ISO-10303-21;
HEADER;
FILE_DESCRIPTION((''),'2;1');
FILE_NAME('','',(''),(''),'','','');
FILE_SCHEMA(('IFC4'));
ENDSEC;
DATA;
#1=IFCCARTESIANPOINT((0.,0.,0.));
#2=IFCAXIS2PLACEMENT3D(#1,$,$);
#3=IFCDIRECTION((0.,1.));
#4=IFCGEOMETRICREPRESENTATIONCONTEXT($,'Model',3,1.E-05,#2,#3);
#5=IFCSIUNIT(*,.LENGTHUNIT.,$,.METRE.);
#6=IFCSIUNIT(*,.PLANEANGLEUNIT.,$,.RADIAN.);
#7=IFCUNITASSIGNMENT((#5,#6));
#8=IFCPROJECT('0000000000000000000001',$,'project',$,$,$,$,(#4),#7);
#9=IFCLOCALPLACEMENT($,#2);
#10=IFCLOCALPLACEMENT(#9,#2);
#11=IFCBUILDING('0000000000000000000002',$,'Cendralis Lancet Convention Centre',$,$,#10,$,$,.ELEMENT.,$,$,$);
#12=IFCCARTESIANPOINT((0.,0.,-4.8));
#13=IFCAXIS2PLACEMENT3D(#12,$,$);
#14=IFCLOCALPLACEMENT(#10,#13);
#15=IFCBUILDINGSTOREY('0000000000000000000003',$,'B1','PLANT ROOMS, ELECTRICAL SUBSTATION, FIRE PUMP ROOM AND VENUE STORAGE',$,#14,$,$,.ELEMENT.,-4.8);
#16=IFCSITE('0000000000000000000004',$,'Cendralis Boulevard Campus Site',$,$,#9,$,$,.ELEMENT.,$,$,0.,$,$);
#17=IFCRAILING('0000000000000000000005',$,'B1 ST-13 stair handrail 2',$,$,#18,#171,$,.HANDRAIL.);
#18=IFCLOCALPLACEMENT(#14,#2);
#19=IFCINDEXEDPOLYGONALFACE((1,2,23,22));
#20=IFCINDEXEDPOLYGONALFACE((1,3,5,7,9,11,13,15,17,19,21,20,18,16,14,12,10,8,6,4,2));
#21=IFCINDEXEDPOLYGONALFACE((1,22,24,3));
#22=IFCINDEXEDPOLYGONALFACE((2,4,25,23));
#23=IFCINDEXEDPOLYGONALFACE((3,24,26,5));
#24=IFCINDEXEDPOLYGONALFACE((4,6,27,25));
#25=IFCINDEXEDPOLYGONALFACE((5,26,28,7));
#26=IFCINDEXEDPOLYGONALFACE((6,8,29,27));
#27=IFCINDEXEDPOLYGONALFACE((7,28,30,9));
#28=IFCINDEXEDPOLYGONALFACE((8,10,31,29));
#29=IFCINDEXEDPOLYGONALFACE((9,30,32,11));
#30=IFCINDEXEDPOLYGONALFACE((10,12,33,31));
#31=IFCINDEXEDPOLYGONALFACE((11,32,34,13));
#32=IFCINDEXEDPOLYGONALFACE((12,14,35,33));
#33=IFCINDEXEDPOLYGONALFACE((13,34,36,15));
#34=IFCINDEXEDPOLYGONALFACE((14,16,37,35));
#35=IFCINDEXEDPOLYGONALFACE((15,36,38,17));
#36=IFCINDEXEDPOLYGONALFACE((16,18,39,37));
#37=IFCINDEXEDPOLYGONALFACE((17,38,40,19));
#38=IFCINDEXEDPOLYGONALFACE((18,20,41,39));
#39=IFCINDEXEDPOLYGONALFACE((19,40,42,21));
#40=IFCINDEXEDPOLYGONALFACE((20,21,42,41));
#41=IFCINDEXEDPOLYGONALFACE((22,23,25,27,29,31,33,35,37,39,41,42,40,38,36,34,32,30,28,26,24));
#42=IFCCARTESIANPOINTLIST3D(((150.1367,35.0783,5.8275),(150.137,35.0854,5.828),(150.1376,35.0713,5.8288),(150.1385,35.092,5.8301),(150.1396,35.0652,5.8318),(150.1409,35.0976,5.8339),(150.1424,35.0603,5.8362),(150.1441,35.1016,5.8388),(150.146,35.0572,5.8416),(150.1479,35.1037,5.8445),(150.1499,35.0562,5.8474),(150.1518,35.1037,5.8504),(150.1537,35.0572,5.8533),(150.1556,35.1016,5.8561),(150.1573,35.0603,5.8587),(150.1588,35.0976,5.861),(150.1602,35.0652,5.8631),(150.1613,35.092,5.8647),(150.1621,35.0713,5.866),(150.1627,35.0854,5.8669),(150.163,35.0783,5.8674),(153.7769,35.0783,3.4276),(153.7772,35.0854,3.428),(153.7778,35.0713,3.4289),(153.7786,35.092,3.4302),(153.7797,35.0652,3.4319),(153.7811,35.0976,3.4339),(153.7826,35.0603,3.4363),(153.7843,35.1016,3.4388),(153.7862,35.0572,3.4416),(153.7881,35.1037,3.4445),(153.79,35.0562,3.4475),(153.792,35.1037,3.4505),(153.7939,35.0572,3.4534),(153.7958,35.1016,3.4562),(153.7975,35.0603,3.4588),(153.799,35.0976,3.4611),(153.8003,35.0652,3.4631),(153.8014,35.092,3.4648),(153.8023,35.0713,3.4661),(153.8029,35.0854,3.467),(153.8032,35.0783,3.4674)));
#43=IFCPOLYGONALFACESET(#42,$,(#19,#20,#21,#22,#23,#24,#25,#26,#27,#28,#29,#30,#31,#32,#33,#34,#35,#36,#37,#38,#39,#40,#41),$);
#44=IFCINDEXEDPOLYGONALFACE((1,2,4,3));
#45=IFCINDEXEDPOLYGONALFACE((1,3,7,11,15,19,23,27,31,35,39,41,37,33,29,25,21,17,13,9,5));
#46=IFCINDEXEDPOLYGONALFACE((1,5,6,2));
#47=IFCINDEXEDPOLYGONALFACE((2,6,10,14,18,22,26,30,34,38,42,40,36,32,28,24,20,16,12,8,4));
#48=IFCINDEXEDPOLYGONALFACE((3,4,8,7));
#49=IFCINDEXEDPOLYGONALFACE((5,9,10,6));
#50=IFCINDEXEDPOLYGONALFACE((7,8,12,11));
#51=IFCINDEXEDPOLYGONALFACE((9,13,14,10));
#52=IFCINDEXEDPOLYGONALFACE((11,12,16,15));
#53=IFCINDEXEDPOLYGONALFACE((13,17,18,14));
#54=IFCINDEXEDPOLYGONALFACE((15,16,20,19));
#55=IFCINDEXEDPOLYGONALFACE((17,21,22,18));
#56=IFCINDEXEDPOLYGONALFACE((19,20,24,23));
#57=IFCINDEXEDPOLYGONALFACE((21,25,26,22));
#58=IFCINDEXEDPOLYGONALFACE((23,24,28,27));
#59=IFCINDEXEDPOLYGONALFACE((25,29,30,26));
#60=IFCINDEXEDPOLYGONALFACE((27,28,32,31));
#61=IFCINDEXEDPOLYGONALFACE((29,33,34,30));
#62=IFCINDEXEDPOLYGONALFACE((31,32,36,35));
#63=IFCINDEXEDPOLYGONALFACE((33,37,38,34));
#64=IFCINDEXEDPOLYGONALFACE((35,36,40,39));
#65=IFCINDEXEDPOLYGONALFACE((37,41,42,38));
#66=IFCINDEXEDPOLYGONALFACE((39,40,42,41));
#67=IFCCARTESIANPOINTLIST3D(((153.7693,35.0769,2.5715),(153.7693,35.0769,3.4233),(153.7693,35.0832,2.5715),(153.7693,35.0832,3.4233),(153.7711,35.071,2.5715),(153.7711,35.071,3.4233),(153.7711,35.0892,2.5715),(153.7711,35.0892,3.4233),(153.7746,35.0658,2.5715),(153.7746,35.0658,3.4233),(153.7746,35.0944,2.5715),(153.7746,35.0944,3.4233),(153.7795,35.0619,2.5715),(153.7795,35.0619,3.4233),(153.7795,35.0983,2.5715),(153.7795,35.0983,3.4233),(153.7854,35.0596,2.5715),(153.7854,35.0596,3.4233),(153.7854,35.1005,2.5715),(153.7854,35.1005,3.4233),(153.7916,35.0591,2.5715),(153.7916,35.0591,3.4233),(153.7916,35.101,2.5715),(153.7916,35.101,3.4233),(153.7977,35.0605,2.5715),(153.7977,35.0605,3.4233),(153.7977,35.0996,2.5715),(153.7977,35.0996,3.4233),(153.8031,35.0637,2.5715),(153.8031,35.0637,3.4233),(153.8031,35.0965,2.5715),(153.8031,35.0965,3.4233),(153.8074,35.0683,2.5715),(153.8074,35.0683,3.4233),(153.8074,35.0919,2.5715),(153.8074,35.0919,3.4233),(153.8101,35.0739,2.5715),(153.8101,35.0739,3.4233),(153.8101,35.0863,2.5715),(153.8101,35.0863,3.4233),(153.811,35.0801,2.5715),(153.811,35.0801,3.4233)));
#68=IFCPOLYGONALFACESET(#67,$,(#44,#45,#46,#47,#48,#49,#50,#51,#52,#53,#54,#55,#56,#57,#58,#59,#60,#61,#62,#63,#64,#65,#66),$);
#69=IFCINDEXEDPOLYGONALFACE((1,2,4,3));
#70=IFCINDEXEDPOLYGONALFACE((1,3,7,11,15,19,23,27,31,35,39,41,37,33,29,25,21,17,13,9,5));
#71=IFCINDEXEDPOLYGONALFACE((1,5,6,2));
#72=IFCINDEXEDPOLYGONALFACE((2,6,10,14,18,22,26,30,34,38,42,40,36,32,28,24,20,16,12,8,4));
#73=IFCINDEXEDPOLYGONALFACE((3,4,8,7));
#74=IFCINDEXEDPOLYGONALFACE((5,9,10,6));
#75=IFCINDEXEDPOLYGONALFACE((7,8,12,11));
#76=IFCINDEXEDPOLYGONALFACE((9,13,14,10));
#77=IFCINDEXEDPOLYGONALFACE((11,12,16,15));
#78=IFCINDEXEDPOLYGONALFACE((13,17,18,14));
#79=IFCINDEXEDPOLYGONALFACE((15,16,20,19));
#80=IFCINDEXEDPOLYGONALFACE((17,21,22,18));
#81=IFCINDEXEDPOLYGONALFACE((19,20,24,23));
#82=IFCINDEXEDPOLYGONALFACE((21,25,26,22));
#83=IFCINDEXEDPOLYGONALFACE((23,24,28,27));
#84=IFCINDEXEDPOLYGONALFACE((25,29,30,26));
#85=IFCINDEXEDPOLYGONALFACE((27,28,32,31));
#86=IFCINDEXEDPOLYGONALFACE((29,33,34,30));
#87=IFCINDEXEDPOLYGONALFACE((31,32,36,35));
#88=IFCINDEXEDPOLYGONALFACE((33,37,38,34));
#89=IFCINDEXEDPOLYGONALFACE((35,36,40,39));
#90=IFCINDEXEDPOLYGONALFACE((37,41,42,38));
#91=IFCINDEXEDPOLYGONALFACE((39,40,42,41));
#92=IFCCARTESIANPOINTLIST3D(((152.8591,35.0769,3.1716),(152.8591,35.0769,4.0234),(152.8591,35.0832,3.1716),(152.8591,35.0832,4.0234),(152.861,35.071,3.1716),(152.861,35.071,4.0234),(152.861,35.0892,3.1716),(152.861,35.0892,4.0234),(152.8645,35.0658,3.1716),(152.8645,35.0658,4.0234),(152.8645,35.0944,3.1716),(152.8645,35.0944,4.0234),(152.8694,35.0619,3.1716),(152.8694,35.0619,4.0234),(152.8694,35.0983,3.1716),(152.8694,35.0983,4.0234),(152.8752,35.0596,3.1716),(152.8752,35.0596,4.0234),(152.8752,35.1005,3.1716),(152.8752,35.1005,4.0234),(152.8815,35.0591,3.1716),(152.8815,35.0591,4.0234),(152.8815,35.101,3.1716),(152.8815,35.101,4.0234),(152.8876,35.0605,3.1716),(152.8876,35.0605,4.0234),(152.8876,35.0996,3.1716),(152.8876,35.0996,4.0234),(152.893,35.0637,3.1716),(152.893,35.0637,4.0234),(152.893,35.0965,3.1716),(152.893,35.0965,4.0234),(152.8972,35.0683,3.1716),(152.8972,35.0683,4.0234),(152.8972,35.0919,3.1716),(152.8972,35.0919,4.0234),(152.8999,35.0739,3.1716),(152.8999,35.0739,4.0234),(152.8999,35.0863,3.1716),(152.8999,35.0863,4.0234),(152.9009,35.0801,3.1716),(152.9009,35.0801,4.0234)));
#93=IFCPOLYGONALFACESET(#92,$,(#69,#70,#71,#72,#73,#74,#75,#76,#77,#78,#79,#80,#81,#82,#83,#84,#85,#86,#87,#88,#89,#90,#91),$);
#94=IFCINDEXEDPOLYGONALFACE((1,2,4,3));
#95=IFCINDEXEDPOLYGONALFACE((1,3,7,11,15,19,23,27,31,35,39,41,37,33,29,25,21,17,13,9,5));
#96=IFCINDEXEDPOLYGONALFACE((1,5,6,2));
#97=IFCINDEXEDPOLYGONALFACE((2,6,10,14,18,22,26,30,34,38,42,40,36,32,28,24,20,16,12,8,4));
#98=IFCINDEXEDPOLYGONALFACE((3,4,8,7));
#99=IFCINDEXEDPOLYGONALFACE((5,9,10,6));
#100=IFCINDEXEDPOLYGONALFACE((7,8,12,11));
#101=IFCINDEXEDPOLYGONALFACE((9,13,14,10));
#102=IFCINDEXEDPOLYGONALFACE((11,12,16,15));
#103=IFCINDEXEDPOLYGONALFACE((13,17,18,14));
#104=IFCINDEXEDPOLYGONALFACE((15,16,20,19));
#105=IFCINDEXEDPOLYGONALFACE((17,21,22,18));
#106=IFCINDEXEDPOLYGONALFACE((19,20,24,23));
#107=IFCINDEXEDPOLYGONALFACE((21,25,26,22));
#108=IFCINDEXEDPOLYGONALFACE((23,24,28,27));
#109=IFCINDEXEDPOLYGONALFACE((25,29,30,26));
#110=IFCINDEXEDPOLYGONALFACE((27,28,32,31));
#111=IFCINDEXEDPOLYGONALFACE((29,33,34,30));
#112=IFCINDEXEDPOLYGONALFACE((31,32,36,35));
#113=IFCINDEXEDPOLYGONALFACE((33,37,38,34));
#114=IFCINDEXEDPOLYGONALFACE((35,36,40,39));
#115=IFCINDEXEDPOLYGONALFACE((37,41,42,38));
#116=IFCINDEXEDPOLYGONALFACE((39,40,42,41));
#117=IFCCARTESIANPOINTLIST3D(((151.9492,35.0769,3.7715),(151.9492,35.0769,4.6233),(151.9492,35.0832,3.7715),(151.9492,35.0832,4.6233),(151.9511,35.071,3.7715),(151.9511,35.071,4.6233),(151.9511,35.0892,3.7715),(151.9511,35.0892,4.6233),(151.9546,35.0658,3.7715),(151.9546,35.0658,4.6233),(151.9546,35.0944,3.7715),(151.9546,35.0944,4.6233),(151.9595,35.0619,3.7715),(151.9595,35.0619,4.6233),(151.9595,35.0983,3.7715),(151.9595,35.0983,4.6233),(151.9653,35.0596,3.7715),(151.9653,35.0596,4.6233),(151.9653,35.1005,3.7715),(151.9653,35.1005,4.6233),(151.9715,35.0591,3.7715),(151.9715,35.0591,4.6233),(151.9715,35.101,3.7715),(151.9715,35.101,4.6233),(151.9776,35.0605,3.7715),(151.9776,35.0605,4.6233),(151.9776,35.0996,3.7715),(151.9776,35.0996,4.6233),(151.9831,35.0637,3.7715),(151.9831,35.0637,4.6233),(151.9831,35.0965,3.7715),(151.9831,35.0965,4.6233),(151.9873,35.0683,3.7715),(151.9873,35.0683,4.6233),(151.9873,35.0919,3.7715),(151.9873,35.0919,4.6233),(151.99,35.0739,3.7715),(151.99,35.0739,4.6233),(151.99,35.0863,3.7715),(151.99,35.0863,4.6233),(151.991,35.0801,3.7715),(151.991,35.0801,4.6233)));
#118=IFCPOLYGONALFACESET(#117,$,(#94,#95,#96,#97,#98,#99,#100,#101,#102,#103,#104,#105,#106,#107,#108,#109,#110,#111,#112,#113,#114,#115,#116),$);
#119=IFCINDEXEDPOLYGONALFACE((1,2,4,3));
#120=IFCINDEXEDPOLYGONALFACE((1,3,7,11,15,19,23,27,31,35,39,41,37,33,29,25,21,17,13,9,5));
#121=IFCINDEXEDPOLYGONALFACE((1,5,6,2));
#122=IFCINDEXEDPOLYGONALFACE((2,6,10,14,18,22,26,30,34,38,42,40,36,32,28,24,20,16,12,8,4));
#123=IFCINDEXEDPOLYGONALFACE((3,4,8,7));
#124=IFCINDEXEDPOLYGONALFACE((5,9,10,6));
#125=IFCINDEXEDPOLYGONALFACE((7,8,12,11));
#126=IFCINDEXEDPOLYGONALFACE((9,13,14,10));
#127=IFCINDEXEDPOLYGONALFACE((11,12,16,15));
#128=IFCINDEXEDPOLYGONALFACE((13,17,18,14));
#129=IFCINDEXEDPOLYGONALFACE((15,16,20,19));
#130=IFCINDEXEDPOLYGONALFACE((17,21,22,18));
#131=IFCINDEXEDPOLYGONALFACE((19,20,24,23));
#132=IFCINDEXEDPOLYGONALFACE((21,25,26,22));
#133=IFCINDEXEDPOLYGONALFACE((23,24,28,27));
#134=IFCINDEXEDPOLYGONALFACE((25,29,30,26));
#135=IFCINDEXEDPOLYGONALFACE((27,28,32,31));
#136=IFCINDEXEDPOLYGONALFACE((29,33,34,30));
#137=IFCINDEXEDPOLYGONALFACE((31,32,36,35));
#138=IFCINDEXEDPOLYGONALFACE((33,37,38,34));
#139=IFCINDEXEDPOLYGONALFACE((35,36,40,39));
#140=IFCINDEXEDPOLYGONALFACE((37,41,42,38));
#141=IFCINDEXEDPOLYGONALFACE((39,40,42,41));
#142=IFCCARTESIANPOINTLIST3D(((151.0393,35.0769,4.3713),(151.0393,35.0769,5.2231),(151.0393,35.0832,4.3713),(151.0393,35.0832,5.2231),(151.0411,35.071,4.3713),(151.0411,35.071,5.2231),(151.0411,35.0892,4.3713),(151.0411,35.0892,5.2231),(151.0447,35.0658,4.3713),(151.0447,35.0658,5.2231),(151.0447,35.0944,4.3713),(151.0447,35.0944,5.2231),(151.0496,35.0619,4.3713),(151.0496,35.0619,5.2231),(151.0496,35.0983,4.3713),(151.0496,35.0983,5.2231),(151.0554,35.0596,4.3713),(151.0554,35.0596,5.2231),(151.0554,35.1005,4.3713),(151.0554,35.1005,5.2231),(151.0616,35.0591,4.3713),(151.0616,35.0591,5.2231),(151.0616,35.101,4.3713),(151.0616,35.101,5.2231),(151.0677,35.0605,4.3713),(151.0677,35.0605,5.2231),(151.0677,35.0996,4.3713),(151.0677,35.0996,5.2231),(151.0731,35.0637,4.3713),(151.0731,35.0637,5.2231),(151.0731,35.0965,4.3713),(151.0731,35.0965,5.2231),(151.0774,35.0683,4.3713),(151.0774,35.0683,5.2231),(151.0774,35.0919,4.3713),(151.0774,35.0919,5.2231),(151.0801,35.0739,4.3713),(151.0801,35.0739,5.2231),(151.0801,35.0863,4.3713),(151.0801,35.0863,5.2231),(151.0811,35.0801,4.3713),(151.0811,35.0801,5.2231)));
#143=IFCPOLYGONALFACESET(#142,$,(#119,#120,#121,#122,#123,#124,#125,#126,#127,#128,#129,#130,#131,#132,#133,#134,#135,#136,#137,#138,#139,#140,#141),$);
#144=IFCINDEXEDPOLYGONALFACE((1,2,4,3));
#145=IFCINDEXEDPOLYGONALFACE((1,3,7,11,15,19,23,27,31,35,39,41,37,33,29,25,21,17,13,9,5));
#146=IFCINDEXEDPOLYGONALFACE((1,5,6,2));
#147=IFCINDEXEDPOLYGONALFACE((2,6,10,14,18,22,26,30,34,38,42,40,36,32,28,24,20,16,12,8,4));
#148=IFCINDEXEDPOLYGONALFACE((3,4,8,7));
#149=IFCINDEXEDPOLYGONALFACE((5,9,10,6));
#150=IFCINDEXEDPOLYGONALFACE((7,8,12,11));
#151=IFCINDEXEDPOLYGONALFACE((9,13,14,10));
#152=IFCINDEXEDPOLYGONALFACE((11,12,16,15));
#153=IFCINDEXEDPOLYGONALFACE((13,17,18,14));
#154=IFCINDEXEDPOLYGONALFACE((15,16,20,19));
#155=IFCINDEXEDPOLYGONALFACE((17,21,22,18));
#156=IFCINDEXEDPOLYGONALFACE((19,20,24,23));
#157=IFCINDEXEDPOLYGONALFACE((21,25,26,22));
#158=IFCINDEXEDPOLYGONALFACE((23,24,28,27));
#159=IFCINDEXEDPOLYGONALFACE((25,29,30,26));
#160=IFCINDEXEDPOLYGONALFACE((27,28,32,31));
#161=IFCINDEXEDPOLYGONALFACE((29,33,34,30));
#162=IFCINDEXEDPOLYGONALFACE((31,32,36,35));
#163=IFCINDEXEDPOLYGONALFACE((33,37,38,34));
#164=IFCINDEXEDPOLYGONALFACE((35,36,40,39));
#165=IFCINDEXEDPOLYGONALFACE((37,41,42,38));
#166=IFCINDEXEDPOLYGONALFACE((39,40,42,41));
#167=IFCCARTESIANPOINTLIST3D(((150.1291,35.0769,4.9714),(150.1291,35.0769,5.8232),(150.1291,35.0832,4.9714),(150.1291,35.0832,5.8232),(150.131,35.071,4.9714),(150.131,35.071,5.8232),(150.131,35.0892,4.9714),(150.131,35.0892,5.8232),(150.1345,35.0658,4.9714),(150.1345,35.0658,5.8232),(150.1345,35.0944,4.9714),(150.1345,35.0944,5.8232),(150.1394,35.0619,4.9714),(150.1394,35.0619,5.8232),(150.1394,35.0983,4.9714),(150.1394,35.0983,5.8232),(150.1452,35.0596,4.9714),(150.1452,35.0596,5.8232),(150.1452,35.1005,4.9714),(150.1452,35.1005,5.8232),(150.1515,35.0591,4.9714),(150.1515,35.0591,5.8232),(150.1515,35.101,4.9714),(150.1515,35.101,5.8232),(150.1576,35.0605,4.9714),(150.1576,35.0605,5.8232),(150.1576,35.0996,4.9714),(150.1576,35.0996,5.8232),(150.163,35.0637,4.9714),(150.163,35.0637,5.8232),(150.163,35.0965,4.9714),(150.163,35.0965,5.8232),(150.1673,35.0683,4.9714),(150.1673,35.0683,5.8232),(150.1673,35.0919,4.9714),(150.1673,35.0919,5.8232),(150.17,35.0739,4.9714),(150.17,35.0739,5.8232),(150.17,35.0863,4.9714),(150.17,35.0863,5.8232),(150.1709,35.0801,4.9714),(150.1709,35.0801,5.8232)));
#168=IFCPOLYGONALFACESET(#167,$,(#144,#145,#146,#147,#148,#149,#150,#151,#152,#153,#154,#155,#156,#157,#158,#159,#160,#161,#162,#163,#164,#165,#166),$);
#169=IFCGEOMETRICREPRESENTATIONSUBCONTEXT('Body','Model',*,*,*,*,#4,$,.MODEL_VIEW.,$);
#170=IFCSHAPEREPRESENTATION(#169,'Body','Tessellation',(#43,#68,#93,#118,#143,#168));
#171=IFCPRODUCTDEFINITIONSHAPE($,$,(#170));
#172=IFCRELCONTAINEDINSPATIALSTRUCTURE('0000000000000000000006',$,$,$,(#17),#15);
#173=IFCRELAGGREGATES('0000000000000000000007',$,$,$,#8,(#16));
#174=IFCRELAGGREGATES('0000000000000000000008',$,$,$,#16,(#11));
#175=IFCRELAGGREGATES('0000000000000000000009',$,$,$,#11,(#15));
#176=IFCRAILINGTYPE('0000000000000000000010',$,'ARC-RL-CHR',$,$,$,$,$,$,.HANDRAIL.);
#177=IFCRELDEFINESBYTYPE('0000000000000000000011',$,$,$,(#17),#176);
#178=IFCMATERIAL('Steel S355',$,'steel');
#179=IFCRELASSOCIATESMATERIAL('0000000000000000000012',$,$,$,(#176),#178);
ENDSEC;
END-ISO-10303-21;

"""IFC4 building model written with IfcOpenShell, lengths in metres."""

from ifc_helpers import new_model, si_unit, direction, frame, origin, origin_2d, place, context, subcontext, project, spatial, circle, extrude, material, type_object, element, save


model = new_model("IFC4")

# Units and contexts
model_context = context("Model", 3, precision=1e-05, world=origin(), true_north=direction((0.0, 1.0)))
body_context = subcontext(model_context, "Body", "Model", "MODEL_VIEW")
ifc_project = project(units=[si_unit("LENGTHUNIT", "METRE"), si_unit("PLANEANGLEUNIT", "RADIAN")], contexts=[model_context])

# Site, building, storey
site_placement = place(None, origin())
site = spatial("IfcSite", under=ifc_project, at=site_placement, Name="Cendralis Boulevard Campus Site", CompositionType="ELEMENT", RefElevation=0.0)
building_placement = place(site_placement, origin())
building = spatial("IfcBuilding", under=site, at=building_placement, Name="Cendralis Lancet Convention Centre", CompositionType="ELEMENT")
storey_placement = place(building_placement, frame((0.0, 0.0, -4.8)))
storey = spatial("IfcBuildingStorey", under=building, at=storey_placement, Name="B1", Description="PLANT ROOMS, ELECTRICAL SUBSTATION, FIRE PUMP ROOM AND VENUE STORAGE", CompositionType="ELEMENT", Elevation=-4.8)

# Shared definitions
ifc_material_1 = material(Name="Steel S355", Category="steel")

# Railing
railing_type_1 = type_object("IfcRailingType", Name="ARC-RL-CHR", PredefinedType="HANDRAIL", material=ifc_material_1)
railing_1_placement = place(storey_placement, frame((153.79, 35.0801, 2.5715)))
element("IfcRailing", 1, at=railing_1_placement, inside=storey, type_object=railing_type_1, Name="B1 ST-13 stair handrail 2", PredefinedType="HANDRAIL", context=body_context, shape_type="SweptSolid", body=[
    extrude(circle(Radius=0.0239, at=origin_2d()), frame((0.0, 0.0, 0.876), z_axis=(-0.834882, 0.0, 0.550429), x_axis=(0.0, -1.0, 0.0)), (0.0, 0.0, 1.0), 4.3601),
    extrude(circle(Radius=0.021, at=origin_2d()), origin(), (0.0, 0.0, 1.0), 0.8518),
    extrude(circle(Radius=0.021, at=origin_2d()), frame((-0.9102, 0.0, 0.6001)), (0.0, 0.0, 1.0), 0.8518),
    extrude(circle(Radius=0.021, at=origin_2d()), frame((-1.8201, 0.0, 1.2)), (0.0, 0.0, 1.0), 0.8518),
    extrude(circle(Radius=0.021, at=origin_2d()), frame((-2.73, 0.0, 1.7998)), (0.0, 0.0, 1.0), 0.8518),
    extrude(circle(Radius=0.021, at=origin_2d()), frame((-3.6401, 0.0, 2.3999)), (0.0, 0.0, 1.0), 0.8518),
])

save(model, "model.ifc")
